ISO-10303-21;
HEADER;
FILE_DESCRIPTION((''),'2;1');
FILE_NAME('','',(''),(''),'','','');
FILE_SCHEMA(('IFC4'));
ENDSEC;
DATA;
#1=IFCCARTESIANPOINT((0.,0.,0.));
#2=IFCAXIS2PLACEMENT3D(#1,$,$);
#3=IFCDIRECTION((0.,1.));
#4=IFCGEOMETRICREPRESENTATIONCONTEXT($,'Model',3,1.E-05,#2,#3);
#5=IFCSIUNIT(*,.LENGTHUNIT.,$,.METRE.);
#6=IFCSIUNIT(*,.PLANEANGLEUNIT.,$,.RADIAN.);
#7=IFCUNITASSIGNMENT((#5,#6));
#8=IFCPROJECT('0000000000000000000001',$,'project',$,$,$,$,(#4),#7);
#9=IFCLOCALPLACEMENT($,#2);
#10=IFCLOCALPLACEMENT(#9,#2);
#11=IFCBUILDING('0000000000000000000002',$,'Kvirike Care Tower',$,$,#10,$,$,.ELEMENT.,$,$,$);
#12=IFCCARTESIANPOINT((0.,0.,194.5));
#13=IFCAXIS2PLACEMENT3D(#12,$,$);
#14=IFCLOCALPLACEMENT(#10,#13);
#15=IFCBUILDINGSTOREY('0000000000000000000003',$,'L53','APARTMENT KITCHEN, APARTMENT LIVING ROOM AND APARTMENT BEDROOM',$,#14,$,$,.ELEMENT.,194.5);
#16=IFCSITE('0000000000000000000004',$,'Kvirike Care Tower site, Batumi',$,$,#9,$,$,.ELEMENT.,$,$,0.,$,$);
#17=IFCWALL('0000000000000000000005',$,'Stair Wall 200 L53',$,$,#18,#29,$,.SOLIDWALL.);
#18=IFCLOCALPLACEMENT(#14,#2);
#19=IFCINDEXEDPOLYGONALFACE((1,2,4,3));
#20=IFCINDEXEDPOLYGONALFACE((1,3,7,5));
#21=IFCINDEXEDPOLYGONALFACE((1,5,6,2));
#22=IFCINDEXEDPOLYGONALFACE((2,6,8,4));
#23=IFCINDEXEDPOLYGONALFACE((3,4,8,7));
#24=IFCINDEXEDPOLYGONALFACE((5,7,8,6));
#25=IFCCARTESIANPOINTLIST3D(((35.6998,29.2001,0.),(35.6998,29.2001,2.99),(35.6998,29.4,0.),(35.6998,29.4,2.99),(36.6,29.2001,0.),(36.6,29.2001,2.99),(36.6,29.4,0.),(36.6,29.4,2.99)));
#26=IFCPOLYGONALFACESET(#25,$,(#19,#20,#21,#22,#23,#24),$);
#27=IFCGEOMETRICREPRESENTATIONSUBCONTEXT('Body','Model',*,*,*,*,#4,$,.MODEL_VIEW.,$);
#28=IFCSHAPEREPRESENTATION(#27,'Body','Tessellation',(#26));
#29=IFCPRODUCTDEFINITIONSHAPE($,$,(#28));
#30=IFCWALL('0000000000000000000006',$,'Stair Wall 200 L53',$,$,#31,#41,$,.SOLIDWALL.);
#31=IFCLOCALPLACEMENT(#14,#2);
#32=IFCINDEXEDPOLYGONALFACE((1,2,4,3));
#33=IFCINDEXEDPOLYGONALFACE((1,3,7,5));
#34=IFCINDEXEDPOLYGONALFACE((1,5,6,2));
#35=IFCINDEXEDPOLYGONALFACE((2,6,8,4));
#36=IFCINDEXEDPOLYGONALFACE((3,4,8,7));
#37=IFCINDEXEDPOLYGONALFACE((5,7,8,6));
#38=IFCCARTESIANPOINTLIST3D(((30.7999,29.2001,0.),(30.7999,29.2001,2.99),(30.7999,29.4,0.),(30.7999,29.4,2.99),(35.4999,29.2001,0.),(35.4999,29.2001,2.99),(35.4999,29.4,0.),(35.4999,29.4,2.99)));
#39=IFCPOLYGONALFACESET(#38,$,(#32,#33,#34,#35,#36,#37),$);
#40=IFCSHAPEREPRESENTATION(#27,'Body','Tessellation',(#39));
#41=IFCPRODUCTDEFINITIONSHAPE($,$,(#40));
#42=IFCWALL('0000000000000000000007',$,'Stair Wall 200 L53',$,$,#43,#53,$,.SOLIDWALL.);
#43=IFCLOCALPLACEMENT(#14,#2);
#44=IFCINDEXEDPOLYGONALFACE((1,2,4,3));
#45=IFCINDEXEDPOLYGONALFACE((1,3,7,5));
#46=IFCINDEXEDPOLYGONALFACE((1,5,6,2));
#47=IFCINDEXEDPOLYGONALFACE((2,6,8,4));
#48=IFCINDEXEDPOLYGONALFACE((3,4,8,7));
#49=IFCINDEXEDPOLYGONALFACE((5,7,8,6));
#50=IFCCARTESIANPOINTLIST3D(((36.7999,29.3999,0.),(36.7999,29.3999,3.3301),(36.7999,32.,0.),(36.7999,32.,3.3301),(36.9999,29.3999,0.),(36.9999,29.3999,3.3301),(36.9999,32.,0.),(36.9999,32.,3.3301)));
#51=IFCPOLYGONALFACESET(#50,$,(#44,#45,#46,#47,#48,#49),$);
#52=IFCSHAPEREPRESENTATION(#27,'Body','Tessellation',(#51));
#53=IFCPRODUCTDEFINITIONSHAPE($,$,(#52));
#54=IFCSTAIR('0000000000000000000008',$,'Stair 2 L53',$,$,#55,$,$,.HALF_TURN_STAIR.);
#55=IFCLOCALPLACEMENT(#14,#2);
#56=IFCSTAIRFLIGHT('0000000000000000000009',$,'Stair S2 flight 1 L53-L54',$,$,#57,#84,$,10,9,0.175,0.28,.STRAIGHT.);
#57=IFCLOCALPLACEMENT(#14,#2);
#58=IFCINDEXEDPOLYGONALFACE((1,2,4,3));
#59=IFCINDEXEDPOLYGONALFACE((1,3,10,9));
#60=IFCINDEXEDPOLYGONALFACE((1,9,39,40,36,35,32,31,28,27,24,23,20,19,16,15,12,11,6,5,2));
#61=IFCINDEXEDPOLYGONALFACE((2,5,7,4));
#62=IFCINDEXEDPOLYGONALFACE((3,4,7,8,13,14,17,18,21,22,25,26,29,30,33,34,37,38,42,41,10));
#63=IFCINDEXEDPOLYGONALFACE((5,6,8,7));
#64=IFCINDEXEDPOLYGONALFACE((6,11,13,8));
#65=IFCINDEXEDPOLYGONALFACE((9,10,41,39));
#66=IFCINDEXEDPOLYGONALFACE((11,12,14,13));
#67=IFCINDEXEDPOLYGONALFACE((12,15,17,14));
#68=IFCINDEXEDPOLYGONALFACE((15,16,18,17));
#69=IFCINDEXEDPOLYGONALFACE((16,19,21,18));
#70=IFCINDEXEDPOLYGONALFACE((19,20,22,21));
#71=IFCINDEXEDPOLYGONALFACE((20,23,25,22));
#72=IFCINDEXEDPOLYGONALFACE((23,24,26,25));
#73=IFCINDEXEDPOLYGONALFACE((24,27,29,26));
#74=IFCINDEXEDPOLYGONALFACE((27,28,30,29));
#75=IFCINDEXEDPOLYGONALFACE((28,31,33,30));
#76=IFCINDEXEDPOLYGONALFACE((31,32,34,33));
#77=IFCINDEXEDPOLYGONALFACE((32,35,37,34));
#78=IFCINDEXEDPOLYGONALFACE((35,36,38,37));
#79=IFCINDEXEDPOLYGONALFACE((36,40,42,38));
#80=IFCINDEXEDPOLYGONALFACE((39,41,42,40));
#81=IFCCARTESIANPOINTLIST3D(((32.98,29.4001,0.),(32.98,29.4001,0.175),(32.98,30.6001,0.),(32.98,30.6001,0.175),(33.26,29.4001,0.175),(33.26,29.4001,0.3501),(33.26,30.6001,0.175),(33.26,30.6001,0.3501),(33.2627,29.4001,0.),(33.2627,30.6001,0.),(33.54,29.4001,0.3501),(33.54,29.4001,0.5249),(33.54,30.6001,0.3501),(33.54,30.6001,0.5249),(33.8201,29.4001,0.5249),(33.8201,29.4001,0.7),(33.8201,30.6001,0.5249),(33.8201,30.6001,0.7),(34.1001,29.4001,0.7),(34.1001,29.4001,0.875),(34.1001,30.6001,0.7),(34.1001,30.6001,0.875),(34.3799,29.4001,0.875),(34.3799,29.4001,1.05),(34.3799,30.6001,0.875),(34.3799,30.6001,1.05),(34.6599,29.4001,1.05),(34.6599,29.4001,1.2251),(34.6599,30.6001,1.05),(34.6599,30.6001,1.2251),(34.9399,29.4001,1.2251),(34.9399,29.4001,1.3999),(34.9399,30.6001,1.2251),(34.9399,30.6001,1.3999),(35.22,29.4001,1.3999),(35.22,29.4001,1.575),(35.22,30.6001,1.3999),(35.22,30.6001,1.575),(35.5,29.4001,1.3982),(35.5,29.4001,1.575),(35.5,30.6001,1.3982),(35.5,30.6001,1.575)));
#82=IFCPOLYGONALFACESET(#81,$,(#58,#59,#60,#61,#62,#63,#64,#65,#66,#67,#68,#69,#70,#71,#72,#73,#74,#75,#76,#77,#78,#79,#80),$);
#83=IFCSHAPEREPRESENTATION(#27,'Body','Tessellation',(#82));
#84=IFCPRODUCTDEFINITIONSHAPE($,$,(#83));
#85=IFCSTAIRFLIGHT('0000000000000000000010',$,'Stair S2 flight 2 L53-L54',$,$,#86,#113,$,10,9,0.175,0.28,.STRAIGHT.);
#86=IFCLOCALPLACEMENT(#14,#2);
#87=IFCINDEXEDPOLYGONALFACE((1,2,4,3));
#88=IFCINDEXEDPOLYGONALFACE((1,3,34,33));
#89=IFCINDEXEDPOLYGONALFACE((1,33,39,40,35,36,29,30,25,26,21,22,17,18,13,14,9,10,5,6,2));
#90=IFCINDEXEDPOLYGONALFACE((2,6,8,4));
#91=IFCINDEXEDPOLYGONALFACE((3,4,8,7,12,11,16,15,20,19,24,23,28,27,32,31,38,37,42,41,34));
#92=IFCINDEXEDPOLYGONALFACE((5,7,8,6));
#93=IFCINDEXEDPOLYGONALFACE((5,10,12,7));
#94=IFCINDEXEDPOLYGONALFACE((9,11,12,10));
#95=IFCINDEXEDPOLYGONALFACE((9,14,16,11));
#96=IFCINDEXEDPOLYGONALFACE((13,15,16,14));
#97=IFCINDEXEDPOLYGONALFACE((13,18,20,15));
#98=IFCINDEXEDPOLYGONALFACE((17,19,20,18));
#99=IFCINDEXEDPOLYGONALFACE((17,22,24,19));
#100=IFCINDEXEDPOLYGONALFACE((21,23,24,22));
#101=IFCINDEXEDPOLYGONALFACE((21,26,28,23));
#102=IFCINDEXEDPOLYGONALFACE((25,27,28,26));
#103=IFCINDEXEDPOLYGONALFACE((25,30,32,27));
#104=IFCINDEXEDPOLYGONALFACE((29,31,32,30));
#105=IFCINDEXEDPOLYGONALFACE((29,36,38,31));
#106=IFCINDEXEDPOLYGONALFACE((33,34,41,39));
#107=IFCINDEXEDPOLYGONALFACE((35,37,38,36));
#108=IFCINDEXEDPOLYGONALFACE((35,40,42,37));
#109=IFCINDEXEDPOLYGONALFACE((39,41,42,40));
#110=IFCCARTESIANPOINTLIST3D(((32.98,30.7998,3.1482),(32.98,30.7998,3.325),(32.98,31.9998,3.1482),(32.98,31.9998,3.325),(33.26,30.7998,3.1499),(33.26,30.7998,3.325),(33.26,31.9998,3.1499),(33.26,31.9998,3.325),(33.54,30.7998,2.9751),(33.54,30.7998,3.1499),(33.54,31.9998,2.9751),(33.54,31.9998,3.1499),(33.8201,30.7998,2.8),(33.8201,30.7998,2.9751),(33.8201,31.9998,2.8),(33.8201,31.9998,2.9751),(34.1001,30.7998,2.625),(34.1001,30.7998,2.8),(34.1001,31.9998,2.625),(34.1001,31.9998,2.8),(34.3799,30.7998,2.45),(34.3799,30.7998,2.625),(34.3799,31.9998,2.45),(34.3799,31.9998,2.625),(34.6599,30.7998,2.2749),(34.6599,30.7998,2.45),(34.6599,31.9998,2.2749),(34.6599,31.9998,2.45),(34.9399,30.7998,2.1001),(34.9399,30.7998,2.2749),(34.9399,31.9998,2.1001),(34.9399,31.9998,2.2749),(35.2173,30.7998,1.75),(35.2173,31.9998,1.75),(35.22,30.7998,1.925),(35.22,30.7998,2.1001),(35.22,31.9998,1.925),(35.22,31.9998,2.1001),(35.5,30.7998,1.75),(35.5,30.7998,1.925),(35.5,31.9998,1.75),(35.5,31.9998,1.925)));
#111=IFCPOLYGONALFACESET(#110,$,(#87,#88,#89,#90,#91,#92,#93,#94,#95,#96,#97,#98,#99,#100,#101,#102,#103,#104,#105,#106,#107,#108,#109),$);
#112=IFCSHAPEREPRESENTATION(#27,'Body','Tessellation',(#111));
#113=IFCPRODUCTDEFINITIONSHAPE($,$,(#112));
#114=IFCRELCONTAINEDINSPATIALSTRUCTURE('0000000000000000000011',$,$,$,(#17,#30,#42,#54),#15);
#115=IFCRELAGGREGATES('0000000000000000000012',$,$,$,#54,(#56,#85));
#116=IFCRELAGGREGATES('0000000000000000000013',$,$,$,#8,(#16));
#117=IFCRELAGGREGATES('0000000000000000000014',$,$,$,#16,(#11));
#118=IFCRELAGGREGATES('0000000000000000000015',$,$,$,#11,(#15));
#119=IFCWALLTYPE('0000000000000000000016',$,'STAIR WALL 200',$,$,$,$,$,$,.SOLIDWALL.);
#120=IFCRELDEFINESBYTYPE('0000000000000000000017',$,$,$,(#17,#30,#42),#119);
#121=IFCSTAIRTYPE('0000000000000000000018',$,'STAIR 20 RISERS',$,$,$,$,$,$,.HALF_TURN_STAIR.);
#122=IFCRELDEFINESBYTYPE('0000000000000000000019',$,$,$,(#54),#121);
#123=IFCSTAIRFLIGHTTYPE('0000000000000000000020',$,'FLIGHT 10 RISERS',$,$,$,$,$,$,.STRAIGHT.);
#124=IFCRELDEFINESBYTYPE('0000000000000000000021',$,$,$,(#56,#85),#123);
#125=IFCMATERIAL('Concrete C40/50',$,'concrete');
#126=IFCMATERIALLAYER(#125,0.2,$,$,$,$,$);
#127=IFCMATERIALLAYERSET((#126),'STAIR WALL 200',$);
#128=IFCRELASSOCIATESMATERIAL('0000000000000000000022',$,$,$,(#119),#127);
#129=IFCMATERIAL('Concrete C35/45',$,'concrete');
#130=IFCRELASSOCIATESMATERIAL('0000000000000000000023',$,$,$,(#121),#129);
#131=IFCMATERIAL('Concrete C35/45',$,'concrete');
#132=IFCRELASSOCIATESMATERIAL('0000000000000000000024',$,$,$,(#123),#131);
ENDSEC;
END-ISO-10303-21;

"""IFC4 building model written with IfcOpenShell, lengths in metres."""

from ifc_helpers import new_model, si_unit, direction, frame, frame_2d, origin, place, context, subcontext, project, spatial, polyline, rectangle, outline, extrude, material, layer, layer_set, type_object, element, aggregate, save


model = new_model("IFC4")

# Units and contexts
model_context = context("Model", 3, precision=1e-05, world=origin(), true_north=direction((0.0, 1.0)))
body_context = subcontext(model_context, "Body", "Model", "MODEL_VIEW")
ifc_project = project(units=[si_unit("LENGTHUNIT", "METRE"), si_unit("PLANEANGLEUNIT", "RADIAN")], contexts=[model_context])

# Site, building, storey
site_placement = place(None, origin())
site = spatial("IfcSite", under=ifc_project, at=site_placement, Name="Kvirike Care Tower site, Batumi", CompositionType="ELEMENT", RefElevation=0.0)
building_placement = place(site_placement, origin())
building = spatial("IfcBuilding", under=site, at=building_placement, Name="Kvirike Care Tower", CompositionType="ELEMENT")
storey_placement = place(building_placement, frame((0.0, 0.0, 194.5)))
storey = spatial("IfcBuildingStorey", under=building, at=storey_placement, Name="L53", Description="APARTMENT KITCHEN, APARTMENT LIVING ROOM AND APARTMENT BEDROOM", CompositionType="ELEMENT", Elevation=194.5)

# Walls
ifc_material_1 = material(Name="Concrete C40/50", Category="concrete")
ifc_layer_1 = layer(ifc_material_1, 0.2)
ifc_layer_set_1 = layer_set([ifc_layer_1], Name="STAIR WALL 200")
wall_type_1 = type_object("IfcWallType", Name="STAIR WALL 200", PredefinedType="SOLIDWALL", material=ifc_layer_set_1)
wall_1_placement = place(storey_placement, frame((36.6001, 29.3, 0.0), z_axis=(0.0, 0.0, 1.0), x_axis=(-1.0, 0.0, 0.0)))
element("IfcWall", 1, at=wall_1_placement, inside=storey, type_object=wall_type_1, Name="Stair Wall 200 L53", PredefinedType="SOLIDWALL", context=body_context, shape_type="SweptSolid", body=[
    extrude(rectangle(XDim=0.9001, YDim=0.2, at=frame_2d((0.4502, 0.0))), origin(), (0.0, 0.0, 1.0), 2.99),
])
wall_2_placement = place(storey_placement, frame((35.5, 29.3, 0.0), z_axis=(0.0, 0.0, 1.0), x_axis=(-1.0, 0.0, 0.0)))
element("IfcWall", 2, at=wall_2_placement, inside=storey, type_object=wall_type_1, Name="Stair Wall 200 L53", PredefinedType="SOLIDWALL", context=body_context, shape_type="SweptSolid", body=[
    extrude(rectangle(XDim=4.7, YDim=0.2, at=frame_2d((2.3501, 0.0))), origin(), (0.0, 0.0, 1.0), 2.99),
])
wall_3_placement = place(storey_placement, frame((36.8999, 29.3999, 0.0), z_axis=(0.0, 0.0, 1.0), x_axis=(0.0, 1.0, 0.0)))
element("IfcWall", 3, at=wall_3_placement, inside=storey, type_object=wall_type_1, Name="Stair Wall 200 L53", PredefinedType="SOLIDWALL", context=body_context, shape_type="SweptSolid", body=[
    extrude(rectangle(XDim=2.6001, YDim=0.2, at=frame_2d((1.3, 0.0))), origin(), (0.0, 0.0, 1.0), 3.3301),
])

# Stair, stair flights
ifc_material_2 = material(Name="Concrete C35/45", Category="concrete")
stair_type = type_object("IfcStairType", Name="STAIR 20 RISERS", PredefinedType="HALF_TURN_STAIR", material=ifc_material_2)
stair_placement = place(storey_placement, origin())
stair = element("IfcStair", 4, at=stair_placement, inside=storey, type_object=stair_type, Name="Stair 2 L53", PredefinedType="HALF_TURN_STAIR")
ifc_material_3 = material(Name="Concrete C35/45", Category="concrete")
stair_flight_type = type_object("IfcStairFlightType", Name="FLIGHT 10 RISERS", PredefinedType="STRAIGHT", material=ifc_material_3)
stair_flight_1_placement = place(storey_placement, frame((32.98, 30.0, 0.0), z_axis=(0.0, 0.0, 1.0), x_axis=(1.0, 0.0, 0.0)))
stair_flight_1 = element("IfcStairFlight", 5, at=stair_flight_1_placement, type_object=stair_flight_type, Name="Stair S2 flight 1 L53-L54", NumberOfRisers=10, NumberOfTreads=9, PredefinedType="STRAIGHT", RiserHeight=0.175, TreadLength=0.28, context=body_context, shape_type="SweptSolid", body=[
    extrude(outline(polyline([(0.0, 0.0), (0.0, 0.175), (0.28, 0.175), (0.28, 0.3501), (0.5601, 0.3501), (0.5601, 0.5249), (0.8401, 0.5249), (0.8401, 0.7), (1.1201, 0.7), (1.1201, 0.875), (1.3999, 0.875), (1.3999, 1.05), (1.6799, 1.05), (1.6799, 1.2251), (1.96, 1.2251), (1.96, 1.3999), (2.24, 1.3999), (2.24, 1.575), (2.52, 1.575), (2.52, 1.75), (2.52, 1.3982), (0.2827, 0.0), (0.0, 0.0)])), frame((0.0, 0.6001, 0.0), z_axis=(0.0, -1.0, 0.0), x_axis=(1.0, 0.0, 0.0)), (0.0, 0.0, 1.0), 1.2),
])
stair_flight_2_placement = place(storey_placement, frame((35.5, 31.3999, 1.75), z_axis=(0.0, 0.0, 1.0), x_axis=(-1.0, 0.0, 0.0)))
stair_flight_2 = element("IfcStairFlight", 6, at=stair_flight_2_placement, type_object=stair_flight_type, Name="Stair S2 flight 2 L53-L54", NumberOfRisers=10, NumberOfTreads=9, PredefinedType="STRAIGHT", RiserHeight=0.175, TreadLength=0.28, context=body_context, shape_type="SweptSolid", body=[
    extrude(outline(polyline([(0.0, 0.0), (0.0, 0.175), (0.28, 0.175), (0.28, 0.3501), (0.5601, 0.3501), (0.5601, 0.5249), (0.8401, 0.5249), (0.8401, 0.7), (1.1201, 0.7), (1.1201, 0.875), (1.3999, 0.875), (1.3999, 1.05), (1.6799, 1.05), (1.6799, 1.2251), (1.96, 1.2251), (1.96, 1.3999), (2.24, 1.3999), (2.24, 1.575), (2.52, 1.575), (2.52, 1.75), (2.52, 1.3982), (0.2827, 0.0), (0.0, 0.0)])), frame((0.0, 0.6001, 0.0), z_axis=(0.0, -1.0, 0.0), x_axis=(1.0, 0.0, 0.0)), (0.0, 0.0, 1.0), 1.2),
])
aggregate(stair, [stair_flight_1, stair_flight_2])

save(model, "model.ifc")
